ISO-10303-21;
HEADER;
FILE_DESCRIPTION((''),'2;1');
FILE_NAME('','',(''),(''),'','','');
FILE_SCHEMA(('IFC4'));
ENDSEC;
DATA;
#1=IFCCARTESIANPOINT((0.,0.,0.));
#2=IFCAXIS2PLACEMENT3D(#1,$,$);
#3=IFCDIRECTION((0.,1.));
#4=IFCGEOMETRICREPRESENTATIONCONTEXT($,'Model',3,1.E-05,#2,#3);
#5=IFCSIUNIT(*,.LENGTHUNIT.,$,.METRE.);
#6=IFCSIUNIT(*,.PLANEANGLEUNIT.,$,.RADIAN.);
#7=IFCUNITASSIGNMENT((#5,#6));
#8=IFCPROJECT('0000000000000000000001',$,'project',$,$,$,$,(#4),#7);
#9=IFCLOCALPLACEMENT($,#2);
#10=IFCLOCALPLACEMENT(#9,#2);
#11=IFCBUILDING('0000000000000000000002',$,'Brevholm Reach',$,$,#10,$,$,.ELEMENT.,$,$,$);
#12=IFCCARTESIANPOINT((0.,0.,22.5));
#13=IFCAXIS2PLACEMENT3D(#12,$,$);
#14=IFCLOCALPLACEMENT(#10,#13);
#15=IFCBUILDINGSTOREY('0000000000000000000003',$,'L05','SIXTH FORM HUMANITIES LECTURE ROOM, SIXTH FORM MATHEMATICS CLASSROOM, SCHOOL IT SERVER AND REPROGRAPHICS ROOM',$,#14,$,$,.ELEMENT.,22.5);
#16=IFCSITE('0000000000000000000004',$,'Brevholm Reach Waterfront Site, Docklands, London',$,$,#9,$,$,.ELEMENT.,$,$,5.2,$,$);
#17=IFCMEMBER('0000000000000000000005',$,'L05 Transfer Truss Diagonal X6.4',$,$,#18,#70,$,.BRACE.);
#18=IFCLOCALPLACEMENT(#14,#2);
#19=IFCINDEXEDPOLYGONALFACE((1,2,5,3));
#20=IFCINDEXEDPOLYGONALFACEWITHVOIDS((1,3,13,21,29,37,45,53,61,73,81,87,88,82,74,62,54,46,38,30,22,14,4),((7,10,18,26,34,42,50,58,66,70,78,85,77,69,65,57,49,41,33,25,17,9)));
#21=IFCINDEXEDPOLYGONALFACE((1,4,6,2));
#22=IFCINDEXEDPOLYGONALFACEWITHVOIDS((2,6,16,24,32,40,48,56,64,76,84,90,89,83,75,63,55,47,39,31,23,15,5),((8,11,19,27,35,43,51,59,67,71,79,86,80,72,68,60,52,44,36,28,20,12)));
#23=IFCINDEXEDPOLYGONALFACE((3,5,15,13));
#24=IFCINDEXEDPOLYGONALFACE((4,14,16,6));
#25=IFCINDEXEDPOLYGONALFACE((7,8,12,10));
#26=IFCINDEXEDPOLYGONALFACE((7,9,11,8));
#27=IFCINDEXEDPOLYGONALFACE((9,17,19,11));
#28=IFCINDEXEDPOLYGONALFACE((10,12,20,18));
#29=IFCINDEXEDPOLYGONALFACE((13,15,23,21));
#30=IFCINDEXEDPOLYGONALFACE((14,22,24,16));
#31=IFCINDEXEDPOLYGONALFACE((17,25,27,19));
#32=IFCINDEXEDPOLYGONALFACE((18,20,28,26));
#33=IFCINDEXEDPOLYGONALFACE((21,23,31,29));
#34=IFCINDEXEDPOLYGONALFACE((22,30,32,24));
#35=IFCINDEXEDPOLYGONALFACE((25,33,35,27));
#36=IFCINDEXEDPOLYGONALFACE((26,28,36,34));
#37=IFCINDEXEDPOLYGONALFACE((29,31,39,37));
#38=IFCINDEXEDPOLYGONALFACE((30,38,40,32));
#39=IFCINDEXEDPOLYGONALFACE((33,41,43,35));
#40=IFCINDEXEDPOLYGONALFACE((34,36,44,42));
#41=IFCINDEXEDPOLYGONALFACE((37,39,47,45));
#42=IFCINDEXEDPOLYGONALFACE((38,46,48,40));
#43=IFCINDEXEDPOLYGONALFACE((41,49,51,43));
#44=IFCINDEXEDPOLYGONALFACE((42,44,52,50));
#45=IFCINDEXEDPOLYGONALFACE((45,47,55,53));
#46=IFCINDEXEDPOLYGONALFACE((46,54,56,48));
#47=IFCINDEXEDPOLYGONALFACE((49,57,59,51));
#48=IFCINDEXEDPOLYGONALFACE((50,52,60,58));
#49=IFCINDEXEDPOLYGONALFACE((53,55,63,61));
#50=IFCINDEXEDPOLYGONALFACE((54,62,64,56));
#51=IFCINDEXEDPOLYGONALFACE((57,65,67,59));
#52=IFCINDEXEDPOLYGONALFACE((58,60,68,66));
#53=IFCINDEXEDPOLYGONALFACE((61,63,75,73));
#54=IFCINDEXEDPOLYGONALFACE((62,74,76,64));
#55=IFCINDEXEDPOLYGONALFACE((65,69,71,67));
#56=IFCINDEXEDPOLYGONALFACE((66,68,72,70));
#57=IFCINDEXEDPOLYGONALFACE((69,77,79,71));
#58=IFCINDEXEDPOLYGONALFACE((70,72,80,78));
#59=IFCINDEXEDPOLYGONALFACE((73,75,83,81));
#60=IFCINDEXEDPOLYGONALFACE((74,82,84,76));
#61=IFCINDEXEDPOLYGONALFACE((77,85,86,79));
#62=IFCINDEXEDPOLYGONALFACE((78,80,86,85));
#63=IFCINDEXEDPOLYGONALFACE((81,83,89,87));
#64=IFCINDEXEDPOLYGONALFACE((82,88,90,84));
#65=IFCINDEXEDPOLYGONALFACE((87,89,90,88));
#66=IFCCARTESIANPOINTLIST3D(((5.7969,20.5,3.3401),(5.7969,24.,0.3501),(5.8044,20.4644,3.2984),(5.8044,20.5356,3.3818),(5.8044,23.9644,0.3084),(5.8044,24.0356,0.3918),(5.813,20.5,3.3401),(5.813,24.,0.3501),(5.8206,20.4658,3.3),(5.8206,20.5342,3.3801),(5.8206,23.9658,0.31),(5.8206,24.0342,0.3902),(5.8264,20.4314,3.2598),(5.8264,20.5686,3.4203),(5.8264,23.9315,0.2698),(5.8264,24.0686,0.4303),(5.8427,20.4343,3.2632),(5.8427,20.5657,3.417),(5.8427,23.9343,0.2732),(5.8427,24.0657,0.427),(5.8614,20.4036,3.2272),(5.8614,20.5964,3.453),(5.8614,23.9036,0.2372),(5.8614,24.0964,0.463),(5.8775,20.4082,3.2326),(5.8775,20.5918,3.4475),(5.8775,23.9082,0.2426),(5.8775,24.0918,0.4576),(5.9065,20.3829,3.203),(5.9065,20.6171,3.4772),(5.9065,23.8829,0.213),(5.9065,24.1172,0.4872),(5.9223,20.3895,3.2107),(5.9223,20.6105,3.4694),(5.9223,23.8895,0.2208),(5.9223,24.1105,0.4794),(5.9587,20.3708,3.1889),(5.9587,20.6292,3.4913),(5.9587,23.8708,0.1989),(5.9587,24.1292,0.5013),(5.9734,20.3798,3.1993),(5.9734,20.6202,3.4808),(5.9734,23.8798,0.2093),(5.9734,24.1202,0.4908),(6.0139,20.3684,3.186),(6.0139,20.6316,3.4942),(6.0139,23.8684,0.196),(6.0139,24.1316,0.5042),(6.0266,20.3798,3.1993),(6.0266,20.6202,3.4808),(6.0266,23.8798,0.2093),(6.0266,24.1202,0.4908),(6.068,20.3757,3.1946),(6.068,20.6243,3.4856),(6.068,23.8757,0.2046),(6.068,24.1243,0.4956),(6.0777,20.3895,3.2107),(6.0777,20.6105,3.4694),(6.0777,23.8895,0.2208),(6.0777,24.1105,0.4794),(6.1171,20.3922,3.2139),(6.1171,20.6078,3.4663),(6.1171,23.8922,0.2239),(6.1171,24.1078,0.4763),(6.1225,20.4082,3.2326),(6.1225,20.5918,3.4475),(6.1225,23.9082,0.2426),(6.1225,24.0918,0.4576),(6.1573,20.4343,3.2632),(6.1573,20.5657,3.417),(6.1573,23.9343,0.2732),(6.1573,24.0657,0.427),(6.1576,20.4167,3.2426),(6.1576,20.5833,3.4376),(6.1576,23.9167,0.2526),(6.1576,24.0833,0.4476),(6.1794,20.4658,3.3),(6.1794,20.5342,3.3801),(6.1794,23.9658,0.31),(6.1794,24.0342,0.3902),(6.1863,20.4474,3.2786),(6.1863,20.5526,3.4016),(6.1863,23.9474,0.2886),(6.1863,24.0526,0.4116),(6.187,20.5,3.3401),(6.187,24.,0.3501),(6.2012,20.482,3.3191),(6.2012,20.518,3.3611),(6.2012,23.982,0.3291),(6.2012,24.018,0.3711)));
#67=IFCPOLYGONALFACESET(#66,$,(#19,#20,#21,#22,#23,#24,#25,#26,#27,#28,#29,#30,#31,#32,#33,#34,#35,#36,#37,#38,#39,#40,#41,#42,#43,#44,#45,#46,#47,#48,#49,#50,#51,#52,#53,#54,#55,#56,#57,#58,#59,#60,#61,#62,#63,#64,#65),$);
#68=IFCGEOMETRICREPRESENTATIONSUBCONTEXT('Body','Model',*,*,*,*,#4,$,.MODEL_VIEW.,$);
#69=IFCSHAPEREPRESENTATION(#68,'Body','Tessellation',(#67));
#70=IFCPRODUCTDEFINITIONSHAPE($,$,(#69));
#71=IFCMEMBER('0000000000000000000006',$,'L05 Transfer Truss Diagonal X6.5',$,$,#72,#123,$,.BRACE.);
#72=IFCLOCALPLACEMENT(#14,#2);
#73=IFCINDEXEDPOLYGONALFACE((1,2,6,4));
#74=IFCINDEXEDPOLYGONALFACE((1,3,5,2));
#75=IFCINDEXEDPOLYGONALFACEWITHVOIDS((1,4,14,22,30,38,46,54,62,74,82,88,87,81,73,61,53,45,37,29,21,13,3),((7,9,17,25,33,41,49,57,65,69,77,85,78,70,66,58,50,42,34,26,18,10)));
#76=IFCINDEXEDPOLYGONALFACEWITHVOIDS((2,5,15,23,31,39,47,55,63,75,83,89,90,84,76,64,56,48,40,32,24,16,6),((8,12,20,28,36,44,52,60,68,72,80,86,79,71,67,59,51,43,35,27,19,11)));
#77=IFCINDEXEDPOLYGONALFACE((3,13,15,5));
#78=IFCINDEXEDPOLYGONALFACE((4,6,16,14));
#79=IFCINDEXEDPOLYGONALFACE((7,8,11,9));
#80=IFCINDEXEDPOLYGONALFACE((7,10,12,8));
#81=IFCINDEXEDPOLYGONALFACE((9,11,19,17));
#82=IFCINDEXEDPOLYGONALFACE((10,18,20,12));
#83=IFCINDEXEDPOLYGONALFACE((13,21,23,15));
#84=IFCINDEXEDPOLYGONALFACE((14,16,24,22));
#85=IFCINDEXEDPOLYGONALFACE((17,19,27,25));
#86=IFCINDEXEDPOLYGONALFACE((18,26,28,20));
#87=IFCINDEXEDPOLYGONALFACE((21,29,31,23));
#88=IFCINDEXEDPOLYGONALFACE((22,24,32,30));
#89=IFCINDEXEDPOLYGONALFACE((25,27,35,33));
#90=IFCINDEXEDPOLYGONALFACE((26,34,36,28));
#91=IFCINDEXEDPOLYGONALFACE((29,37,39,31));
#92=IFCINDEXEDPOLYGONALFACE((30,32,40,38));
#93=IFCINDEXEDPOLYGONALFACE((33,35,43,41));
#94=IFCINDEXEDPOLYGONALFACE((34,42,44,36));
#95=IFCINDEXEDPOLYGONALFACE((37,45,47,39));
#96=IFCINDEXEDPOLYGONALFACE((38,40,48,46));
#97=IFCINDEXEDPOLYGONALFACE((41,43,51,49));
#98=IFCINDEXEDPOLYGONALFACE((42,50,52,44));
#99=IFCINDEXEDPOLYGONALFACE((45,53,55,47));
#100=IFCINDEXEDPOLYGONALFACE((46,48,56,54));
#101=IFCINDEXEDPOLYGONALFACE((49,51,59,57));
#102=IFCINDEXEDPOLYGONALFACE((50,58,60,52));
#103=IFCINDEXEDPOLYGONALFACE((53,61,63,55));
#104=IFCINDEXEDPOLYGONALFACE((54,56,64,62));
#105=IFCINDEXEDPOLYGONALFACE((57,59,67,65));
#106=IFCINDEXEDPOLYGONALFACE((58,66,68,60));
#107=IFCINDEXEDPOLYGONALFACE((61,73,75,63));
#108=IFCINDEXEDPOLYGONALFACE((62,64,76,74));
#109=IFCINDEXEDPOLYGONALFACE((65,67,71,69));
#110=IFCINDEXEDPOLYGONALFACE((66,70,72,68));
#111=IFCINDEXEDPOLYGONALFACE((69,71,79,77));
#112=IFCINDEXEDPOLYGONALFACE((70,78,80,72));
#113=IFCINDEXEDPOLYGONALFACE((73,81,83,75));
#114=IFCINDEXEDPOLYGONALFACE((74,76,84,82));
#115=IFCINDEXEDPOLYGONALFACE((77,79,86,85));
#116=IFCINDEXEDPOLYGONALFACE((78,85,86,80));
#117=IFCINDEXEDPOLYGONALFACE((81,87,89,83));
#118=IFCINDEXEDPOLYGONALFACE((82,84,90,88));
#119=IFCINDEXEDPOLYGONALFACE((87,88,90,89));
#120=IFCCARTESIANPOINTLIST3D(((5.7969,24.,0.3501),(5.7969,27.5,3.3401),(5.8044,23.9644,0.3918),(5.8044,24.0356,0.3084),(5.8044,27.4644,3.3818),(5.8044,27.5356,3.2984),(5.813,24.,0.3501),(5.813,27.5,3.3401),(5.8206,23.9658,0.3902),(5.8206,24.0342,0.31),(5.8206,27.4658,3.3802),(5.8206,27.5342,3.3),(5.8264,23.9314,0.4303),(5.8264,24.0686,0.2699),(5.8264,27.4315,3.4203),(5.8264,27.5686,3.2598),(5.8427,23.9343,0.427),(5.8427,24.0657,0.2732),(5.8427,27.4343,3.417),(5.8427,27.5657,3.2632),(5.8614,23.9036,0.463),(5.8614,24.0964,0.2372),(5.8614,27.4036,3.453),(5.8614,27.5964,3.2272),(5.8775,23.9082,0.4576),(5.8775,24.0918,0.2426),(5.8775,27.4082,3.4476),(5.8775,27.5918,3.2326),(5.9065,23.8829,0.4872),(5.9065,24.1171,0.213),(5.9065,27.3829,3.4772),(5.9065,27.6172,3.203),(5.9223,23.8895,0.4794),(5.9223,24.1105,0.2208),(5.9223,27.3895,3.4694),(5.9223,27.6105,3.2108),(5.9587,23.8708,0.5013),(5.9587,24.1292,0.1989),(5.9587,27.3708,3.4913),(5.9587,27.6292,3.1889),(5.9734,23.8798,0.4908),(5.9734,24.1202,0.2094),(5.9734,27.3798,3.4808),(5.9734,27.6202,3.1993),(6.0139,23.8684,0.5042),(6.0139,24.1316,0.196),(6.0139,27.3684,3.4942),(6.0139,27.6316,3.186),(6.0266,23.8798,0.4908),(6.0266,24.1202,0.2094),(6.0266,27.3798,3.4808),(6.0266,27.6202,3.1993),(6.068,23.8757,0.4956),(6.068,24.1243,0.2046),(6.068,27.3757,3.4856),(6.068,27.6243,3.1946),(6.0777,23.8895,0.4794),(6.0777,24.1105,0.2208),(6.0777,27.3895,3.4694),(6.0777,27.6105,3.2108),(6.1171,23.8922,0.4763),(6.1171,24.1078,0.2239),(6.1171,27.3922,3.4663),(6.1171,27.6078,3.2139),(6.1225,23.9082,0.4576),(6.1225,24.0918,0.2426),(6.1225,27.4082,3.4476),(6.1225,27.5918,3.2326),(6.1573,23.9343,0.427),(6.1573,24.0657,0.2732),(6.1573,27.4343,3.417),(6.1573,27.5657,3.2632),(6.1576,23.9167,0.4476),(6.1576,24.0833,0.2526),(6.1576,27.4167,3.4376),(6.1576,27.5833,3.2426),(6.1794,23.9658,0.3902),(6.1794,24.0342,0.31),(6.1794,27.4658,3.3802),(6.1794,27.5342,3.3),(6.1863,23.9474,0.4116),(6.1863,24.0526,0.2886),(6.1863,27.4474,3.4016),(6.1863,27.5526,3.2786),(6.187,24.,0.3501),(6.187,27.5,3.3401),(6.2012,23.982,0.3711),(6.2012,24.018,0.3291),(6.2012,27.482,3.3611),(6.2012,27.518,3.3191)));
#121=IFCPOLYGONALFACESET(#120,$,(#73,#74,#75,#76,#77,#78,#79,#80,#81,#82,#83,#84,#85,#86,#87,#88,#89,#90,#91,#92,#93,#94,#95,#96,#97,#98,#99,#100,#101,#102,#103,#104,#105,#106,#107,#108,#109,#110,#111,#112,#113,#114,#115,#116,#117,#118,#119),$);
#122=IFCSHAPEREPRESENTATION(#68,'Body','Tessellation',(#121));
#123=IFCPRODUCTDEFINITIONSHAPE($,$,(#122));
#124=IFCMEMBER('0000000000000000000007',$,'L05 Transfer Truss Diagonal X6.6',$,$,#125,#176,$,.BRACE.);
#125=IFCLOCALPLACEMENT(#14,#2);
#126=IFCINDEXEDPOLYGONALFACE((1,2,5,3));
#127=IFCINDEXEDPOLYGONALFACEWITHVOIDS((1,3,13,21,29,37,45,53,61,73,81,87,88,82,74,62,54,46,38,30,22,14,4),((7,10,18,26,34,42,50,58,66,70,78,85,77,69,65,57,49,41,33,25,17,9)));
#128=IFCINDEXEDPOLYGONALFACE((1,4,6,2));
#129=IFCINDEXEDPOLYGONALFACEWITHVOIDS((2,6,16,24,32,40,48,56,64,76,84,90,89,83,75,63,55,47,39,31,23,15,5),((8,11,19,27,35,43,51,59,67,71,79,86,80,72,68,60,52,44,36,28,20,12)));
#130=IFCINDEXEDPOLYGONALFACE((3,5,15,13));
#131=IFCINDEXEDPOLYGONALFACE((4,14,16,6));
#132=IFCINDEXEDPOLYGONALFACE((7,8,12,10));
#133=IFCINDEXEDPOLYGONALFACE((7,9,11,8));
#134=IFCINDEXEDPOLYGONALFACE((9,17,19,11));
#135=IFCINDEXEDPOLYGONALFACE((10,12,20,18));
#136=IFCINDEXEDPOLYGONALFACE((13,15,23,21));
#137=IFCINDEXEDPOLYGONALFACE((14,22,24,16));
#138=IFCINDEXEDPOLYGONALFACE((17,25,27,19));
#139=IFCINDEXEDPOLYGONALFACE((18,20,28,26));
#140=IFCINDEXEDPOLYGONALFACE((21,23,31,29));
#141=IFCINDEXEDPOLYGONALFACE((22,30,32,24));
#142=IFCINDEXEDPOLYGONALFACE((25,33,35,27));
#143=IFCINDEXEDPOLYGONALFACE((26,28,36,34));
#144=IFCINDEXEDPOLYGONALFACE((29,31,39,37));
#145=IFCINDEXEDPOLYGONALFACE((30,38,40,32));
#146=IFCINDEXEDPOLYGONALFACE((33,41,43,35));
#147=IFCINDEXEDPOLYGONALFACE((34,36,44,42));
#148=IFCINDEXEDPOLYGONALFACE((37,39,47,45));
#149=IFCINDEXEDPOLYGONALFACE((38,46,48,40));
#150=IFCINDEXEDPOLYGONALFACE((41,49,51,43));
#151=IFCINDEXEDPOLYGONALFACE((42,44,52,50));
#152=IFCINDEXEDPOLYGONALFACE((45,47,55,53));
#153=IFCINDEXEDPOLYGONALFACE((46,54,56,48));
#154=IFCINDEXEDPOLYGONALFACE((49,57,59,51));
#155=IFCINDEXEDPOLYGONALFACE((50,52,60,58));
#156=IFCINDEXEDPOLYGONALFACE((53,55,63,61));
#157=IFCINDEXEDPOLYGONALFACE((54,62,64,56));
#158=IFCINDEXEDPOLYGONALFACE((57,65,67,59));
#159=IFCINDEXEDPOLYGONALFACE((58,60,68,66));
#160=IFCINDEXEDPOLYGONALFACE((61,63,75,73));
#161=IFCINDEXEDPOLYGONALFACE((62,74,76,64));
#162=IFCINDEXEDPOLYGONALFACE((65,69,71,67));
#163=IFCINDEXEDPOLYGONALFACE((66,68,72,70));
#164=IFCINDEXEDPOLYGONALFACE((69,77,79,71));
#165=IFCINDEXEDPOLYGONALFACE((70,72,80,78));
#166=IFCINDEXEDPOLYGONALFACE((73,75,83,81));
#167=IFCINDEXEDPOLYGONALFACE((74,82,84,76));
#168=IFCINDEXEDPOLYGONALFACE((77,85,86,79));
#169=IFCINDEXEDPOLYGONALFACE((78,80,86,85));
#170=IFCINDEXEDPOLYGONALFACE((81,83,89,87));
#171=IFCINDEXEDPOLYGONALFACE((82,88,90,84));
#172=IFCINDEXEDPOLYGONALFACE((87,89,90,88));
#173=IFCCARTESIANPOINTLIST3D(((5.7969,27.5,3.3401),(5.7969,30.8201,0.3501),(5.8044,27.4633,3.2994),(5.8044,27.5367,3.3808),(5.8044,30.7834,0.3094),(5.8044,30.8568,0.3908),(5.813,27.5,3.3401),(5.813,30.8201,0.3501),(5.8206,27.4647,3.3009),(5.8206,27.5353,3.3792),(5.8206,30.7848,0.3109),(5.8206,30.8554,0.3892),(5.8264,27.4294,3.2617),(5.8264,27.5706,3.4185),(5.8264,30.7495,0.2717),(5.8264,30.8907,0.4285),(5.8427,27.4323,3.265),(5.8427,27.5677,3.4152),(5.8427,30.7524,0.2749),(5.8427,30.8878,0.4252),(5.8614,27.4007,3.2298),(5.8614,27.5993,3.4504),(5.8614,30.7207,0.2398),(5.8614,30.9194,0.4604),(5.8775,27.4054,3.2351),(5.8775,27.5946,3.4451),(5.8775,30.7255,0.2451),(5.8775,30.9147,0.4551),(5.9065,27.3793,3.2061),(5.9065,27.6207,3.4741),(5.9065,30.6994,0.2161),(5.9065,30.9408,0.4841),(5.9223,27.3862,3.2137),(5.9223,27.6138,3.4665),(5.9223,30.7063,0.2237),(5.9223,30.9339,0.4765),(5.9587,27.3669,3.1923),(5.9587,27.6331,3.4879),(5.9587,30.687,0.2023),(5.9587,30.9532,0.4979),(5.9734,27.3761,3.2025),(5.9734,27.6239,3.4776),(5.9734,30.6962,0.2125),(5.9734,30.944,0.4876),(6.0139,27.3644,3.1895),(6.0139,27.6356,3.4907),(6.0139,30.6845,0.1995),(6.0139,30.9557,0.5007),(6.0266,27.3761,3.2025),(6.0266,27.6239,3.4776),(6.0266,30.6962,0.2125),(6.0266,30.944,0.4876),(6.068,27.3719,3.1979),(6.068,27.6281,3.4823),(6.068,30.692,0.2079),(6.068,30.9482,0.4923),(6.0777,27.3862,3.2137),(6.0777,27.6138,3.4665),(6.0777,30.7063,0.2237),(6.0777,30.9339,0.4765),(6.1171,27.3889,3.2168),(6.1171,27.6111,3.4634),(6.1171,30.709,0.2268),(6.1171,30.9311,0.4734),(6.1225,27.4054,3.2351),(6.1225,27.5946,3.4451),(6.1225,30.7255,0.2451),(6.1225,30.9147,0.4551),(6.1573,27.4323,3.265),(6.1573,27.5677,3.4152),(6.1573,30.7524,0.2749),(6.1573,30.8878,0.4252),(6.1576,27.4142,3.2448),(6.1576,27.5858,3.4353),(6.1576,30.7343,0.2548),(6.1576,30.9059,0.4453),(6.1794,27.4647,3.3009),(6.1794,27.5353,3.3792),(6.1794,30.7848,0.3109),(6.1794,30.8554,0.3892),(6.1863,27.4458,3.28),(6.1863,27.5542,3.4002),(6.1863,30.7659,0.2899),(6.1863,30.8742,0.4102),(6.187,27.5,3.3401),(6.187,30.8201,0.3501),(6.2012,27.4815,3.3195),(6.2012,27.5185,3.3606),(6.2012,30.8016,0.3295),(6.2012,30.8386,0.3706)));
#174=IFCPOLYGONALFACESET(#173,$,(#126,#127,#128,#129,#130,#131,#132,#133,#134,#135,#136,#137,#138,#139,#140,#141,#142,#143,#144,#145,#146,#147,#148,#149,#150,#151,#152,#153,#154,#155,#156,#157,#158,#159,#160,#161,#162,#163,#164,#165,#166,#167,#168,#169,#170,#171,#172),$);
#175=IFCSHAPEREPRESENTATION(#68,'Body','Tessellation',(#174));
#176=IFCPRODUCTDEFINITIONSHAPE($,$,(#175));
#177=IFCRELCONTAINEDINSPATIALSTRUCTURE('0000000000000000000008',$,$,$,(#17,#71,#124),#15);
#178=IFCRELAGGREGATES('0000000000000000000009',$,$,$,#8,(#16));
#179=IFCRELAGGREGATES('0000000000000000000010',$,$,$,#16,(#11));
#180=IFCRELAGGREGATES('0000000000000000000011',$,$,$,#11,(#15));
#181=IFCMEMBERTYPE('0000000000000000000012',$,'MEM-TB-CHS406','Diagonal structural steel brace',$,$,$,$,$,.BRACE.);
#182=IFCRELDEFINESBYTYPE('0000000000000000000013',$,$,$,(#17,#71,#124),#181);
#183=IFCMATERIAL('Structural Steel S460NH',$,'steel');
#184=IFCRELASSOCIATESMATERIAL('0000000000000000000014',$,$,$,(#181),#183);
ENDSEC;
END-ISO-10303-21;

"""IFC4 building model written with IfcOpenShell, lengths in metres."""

from ifc_helpers import new_model, si_unit, direction, frame, origin, origin_2d, place, context, subcontext, project, spatial, hollow_circle, extrude, material, material_profile, profile_set, type_object, element, save


model = new_model("IFC4")

# Units and contexts
model_context = context("Model", 3, precision=1e-05, world=origin(), true_north=direction((0.0, 1.0)))
body_context = subcontext(model_context, "Body", "Model", "MODEL_VIEW")
ifc_project = project(units=[si_unit("LENGTHUNIT", "METRE"), si_unit("PLANEANGLEUNIT", "RADIAN")], contexts=[model_context])

# Site, building, storey
site_placement = place(None, origin())
site = spatial("IfcSite", under=ifc_project, at=site_placement, Name="Brevholm Reach Waterfront Site, Docklands, London", CompositionType="ELEMENT", RefElevation=5.2)
building_placement = place(site_placement, origin())
building = spatial("IfcBuilding", under=site, at=building_placement, Name="Brevholm Reach", CompositionType="ELEMENT")
storey_placement = place(building_placement, frame((0.0, 0.0, 22.5)))
storey = spatial("IfcBuildingStorey", under=building, at=storey_placement, Name="L05", Description="SIXTH FORM HUMANITIES LECTURE ROOM, SIXTH FORM MATHEMATICS CLASSROOM, SCHOOL IT SERVER AND REPROGRAPHICS ROOM", CompositionType="ELEMENT", Elevation=22.5)

# Members
ifc_material_1 = material(Name="Structural Steel S460NH", Category="steel")
ifc_material_profile_1 = material_profile(ifc_material_1, hollow_circle(Radius=0.2031, WallThickness=0.0161, at=origin_2d()), Name="CHS 406.4x16")
ifc_profile_set_1 = profile_set([ifc_material_profile_1], Name="Structural Steel S460NH")
member_type_1 = type_object("IfcMemberType", Name="MEM-TB-CHS406", Description="Diagonal structural steel brace", PredefinedType="BRACE", material=ifc_profile_set_1)
for number, where, z_axis, x_axis, name in (
    (1, (6.0, 20.5, 3.3401), (0.0, 0.76033, -0.649537), (-1.0, 0.0, 0.0), "L05 Transfer Truss Diagonal X6.4"),
    (2, (6.0, 24.0, 0.3501), (0.0, 0.76033, 0.649537), (-1.0, 0.0, 0.0), "L05 Transfer Truss Diagonal X6.5"),
):
    element("IfcMember", number, at=place(storey_placement, frame(where, z_axis=z_axis, x_axis=x_axis)), inside=storey, type_object=member_type_1, Name=name, PredefinedType="BRACE", context=body_context, shape_type="SweptSolid", body=[
        extrude(hollow_circle(Radius=0.2031, WallThickness=0.0161, at=origin_2d()), origin(), (0.0, 0.0, 1.0), 4.6033),
    ])
member_1_placement = place(storey_placement, frame((6.0, 27.5, 3.3401), z_axis=(0.0, 0.743079, -0.669203), x_axis=(-1.0, 0.0, 0.0)))
element("IfcMember", 3, at=member_1_placement, inside=storey, type_object=member_type_1, Name="L05 Transfer Truss Diagonal X6.6", PredefinedType="BRACE", context=body_context, shape_type="SweptSolid", body=[
    extrude(hollow_circle(Radius=0.2031, WallThickness=0.0161, at=origin_2d()), origin(), (0.0, 0.0, 1.0), 4.468),
])

save(model, "model.ifc")
